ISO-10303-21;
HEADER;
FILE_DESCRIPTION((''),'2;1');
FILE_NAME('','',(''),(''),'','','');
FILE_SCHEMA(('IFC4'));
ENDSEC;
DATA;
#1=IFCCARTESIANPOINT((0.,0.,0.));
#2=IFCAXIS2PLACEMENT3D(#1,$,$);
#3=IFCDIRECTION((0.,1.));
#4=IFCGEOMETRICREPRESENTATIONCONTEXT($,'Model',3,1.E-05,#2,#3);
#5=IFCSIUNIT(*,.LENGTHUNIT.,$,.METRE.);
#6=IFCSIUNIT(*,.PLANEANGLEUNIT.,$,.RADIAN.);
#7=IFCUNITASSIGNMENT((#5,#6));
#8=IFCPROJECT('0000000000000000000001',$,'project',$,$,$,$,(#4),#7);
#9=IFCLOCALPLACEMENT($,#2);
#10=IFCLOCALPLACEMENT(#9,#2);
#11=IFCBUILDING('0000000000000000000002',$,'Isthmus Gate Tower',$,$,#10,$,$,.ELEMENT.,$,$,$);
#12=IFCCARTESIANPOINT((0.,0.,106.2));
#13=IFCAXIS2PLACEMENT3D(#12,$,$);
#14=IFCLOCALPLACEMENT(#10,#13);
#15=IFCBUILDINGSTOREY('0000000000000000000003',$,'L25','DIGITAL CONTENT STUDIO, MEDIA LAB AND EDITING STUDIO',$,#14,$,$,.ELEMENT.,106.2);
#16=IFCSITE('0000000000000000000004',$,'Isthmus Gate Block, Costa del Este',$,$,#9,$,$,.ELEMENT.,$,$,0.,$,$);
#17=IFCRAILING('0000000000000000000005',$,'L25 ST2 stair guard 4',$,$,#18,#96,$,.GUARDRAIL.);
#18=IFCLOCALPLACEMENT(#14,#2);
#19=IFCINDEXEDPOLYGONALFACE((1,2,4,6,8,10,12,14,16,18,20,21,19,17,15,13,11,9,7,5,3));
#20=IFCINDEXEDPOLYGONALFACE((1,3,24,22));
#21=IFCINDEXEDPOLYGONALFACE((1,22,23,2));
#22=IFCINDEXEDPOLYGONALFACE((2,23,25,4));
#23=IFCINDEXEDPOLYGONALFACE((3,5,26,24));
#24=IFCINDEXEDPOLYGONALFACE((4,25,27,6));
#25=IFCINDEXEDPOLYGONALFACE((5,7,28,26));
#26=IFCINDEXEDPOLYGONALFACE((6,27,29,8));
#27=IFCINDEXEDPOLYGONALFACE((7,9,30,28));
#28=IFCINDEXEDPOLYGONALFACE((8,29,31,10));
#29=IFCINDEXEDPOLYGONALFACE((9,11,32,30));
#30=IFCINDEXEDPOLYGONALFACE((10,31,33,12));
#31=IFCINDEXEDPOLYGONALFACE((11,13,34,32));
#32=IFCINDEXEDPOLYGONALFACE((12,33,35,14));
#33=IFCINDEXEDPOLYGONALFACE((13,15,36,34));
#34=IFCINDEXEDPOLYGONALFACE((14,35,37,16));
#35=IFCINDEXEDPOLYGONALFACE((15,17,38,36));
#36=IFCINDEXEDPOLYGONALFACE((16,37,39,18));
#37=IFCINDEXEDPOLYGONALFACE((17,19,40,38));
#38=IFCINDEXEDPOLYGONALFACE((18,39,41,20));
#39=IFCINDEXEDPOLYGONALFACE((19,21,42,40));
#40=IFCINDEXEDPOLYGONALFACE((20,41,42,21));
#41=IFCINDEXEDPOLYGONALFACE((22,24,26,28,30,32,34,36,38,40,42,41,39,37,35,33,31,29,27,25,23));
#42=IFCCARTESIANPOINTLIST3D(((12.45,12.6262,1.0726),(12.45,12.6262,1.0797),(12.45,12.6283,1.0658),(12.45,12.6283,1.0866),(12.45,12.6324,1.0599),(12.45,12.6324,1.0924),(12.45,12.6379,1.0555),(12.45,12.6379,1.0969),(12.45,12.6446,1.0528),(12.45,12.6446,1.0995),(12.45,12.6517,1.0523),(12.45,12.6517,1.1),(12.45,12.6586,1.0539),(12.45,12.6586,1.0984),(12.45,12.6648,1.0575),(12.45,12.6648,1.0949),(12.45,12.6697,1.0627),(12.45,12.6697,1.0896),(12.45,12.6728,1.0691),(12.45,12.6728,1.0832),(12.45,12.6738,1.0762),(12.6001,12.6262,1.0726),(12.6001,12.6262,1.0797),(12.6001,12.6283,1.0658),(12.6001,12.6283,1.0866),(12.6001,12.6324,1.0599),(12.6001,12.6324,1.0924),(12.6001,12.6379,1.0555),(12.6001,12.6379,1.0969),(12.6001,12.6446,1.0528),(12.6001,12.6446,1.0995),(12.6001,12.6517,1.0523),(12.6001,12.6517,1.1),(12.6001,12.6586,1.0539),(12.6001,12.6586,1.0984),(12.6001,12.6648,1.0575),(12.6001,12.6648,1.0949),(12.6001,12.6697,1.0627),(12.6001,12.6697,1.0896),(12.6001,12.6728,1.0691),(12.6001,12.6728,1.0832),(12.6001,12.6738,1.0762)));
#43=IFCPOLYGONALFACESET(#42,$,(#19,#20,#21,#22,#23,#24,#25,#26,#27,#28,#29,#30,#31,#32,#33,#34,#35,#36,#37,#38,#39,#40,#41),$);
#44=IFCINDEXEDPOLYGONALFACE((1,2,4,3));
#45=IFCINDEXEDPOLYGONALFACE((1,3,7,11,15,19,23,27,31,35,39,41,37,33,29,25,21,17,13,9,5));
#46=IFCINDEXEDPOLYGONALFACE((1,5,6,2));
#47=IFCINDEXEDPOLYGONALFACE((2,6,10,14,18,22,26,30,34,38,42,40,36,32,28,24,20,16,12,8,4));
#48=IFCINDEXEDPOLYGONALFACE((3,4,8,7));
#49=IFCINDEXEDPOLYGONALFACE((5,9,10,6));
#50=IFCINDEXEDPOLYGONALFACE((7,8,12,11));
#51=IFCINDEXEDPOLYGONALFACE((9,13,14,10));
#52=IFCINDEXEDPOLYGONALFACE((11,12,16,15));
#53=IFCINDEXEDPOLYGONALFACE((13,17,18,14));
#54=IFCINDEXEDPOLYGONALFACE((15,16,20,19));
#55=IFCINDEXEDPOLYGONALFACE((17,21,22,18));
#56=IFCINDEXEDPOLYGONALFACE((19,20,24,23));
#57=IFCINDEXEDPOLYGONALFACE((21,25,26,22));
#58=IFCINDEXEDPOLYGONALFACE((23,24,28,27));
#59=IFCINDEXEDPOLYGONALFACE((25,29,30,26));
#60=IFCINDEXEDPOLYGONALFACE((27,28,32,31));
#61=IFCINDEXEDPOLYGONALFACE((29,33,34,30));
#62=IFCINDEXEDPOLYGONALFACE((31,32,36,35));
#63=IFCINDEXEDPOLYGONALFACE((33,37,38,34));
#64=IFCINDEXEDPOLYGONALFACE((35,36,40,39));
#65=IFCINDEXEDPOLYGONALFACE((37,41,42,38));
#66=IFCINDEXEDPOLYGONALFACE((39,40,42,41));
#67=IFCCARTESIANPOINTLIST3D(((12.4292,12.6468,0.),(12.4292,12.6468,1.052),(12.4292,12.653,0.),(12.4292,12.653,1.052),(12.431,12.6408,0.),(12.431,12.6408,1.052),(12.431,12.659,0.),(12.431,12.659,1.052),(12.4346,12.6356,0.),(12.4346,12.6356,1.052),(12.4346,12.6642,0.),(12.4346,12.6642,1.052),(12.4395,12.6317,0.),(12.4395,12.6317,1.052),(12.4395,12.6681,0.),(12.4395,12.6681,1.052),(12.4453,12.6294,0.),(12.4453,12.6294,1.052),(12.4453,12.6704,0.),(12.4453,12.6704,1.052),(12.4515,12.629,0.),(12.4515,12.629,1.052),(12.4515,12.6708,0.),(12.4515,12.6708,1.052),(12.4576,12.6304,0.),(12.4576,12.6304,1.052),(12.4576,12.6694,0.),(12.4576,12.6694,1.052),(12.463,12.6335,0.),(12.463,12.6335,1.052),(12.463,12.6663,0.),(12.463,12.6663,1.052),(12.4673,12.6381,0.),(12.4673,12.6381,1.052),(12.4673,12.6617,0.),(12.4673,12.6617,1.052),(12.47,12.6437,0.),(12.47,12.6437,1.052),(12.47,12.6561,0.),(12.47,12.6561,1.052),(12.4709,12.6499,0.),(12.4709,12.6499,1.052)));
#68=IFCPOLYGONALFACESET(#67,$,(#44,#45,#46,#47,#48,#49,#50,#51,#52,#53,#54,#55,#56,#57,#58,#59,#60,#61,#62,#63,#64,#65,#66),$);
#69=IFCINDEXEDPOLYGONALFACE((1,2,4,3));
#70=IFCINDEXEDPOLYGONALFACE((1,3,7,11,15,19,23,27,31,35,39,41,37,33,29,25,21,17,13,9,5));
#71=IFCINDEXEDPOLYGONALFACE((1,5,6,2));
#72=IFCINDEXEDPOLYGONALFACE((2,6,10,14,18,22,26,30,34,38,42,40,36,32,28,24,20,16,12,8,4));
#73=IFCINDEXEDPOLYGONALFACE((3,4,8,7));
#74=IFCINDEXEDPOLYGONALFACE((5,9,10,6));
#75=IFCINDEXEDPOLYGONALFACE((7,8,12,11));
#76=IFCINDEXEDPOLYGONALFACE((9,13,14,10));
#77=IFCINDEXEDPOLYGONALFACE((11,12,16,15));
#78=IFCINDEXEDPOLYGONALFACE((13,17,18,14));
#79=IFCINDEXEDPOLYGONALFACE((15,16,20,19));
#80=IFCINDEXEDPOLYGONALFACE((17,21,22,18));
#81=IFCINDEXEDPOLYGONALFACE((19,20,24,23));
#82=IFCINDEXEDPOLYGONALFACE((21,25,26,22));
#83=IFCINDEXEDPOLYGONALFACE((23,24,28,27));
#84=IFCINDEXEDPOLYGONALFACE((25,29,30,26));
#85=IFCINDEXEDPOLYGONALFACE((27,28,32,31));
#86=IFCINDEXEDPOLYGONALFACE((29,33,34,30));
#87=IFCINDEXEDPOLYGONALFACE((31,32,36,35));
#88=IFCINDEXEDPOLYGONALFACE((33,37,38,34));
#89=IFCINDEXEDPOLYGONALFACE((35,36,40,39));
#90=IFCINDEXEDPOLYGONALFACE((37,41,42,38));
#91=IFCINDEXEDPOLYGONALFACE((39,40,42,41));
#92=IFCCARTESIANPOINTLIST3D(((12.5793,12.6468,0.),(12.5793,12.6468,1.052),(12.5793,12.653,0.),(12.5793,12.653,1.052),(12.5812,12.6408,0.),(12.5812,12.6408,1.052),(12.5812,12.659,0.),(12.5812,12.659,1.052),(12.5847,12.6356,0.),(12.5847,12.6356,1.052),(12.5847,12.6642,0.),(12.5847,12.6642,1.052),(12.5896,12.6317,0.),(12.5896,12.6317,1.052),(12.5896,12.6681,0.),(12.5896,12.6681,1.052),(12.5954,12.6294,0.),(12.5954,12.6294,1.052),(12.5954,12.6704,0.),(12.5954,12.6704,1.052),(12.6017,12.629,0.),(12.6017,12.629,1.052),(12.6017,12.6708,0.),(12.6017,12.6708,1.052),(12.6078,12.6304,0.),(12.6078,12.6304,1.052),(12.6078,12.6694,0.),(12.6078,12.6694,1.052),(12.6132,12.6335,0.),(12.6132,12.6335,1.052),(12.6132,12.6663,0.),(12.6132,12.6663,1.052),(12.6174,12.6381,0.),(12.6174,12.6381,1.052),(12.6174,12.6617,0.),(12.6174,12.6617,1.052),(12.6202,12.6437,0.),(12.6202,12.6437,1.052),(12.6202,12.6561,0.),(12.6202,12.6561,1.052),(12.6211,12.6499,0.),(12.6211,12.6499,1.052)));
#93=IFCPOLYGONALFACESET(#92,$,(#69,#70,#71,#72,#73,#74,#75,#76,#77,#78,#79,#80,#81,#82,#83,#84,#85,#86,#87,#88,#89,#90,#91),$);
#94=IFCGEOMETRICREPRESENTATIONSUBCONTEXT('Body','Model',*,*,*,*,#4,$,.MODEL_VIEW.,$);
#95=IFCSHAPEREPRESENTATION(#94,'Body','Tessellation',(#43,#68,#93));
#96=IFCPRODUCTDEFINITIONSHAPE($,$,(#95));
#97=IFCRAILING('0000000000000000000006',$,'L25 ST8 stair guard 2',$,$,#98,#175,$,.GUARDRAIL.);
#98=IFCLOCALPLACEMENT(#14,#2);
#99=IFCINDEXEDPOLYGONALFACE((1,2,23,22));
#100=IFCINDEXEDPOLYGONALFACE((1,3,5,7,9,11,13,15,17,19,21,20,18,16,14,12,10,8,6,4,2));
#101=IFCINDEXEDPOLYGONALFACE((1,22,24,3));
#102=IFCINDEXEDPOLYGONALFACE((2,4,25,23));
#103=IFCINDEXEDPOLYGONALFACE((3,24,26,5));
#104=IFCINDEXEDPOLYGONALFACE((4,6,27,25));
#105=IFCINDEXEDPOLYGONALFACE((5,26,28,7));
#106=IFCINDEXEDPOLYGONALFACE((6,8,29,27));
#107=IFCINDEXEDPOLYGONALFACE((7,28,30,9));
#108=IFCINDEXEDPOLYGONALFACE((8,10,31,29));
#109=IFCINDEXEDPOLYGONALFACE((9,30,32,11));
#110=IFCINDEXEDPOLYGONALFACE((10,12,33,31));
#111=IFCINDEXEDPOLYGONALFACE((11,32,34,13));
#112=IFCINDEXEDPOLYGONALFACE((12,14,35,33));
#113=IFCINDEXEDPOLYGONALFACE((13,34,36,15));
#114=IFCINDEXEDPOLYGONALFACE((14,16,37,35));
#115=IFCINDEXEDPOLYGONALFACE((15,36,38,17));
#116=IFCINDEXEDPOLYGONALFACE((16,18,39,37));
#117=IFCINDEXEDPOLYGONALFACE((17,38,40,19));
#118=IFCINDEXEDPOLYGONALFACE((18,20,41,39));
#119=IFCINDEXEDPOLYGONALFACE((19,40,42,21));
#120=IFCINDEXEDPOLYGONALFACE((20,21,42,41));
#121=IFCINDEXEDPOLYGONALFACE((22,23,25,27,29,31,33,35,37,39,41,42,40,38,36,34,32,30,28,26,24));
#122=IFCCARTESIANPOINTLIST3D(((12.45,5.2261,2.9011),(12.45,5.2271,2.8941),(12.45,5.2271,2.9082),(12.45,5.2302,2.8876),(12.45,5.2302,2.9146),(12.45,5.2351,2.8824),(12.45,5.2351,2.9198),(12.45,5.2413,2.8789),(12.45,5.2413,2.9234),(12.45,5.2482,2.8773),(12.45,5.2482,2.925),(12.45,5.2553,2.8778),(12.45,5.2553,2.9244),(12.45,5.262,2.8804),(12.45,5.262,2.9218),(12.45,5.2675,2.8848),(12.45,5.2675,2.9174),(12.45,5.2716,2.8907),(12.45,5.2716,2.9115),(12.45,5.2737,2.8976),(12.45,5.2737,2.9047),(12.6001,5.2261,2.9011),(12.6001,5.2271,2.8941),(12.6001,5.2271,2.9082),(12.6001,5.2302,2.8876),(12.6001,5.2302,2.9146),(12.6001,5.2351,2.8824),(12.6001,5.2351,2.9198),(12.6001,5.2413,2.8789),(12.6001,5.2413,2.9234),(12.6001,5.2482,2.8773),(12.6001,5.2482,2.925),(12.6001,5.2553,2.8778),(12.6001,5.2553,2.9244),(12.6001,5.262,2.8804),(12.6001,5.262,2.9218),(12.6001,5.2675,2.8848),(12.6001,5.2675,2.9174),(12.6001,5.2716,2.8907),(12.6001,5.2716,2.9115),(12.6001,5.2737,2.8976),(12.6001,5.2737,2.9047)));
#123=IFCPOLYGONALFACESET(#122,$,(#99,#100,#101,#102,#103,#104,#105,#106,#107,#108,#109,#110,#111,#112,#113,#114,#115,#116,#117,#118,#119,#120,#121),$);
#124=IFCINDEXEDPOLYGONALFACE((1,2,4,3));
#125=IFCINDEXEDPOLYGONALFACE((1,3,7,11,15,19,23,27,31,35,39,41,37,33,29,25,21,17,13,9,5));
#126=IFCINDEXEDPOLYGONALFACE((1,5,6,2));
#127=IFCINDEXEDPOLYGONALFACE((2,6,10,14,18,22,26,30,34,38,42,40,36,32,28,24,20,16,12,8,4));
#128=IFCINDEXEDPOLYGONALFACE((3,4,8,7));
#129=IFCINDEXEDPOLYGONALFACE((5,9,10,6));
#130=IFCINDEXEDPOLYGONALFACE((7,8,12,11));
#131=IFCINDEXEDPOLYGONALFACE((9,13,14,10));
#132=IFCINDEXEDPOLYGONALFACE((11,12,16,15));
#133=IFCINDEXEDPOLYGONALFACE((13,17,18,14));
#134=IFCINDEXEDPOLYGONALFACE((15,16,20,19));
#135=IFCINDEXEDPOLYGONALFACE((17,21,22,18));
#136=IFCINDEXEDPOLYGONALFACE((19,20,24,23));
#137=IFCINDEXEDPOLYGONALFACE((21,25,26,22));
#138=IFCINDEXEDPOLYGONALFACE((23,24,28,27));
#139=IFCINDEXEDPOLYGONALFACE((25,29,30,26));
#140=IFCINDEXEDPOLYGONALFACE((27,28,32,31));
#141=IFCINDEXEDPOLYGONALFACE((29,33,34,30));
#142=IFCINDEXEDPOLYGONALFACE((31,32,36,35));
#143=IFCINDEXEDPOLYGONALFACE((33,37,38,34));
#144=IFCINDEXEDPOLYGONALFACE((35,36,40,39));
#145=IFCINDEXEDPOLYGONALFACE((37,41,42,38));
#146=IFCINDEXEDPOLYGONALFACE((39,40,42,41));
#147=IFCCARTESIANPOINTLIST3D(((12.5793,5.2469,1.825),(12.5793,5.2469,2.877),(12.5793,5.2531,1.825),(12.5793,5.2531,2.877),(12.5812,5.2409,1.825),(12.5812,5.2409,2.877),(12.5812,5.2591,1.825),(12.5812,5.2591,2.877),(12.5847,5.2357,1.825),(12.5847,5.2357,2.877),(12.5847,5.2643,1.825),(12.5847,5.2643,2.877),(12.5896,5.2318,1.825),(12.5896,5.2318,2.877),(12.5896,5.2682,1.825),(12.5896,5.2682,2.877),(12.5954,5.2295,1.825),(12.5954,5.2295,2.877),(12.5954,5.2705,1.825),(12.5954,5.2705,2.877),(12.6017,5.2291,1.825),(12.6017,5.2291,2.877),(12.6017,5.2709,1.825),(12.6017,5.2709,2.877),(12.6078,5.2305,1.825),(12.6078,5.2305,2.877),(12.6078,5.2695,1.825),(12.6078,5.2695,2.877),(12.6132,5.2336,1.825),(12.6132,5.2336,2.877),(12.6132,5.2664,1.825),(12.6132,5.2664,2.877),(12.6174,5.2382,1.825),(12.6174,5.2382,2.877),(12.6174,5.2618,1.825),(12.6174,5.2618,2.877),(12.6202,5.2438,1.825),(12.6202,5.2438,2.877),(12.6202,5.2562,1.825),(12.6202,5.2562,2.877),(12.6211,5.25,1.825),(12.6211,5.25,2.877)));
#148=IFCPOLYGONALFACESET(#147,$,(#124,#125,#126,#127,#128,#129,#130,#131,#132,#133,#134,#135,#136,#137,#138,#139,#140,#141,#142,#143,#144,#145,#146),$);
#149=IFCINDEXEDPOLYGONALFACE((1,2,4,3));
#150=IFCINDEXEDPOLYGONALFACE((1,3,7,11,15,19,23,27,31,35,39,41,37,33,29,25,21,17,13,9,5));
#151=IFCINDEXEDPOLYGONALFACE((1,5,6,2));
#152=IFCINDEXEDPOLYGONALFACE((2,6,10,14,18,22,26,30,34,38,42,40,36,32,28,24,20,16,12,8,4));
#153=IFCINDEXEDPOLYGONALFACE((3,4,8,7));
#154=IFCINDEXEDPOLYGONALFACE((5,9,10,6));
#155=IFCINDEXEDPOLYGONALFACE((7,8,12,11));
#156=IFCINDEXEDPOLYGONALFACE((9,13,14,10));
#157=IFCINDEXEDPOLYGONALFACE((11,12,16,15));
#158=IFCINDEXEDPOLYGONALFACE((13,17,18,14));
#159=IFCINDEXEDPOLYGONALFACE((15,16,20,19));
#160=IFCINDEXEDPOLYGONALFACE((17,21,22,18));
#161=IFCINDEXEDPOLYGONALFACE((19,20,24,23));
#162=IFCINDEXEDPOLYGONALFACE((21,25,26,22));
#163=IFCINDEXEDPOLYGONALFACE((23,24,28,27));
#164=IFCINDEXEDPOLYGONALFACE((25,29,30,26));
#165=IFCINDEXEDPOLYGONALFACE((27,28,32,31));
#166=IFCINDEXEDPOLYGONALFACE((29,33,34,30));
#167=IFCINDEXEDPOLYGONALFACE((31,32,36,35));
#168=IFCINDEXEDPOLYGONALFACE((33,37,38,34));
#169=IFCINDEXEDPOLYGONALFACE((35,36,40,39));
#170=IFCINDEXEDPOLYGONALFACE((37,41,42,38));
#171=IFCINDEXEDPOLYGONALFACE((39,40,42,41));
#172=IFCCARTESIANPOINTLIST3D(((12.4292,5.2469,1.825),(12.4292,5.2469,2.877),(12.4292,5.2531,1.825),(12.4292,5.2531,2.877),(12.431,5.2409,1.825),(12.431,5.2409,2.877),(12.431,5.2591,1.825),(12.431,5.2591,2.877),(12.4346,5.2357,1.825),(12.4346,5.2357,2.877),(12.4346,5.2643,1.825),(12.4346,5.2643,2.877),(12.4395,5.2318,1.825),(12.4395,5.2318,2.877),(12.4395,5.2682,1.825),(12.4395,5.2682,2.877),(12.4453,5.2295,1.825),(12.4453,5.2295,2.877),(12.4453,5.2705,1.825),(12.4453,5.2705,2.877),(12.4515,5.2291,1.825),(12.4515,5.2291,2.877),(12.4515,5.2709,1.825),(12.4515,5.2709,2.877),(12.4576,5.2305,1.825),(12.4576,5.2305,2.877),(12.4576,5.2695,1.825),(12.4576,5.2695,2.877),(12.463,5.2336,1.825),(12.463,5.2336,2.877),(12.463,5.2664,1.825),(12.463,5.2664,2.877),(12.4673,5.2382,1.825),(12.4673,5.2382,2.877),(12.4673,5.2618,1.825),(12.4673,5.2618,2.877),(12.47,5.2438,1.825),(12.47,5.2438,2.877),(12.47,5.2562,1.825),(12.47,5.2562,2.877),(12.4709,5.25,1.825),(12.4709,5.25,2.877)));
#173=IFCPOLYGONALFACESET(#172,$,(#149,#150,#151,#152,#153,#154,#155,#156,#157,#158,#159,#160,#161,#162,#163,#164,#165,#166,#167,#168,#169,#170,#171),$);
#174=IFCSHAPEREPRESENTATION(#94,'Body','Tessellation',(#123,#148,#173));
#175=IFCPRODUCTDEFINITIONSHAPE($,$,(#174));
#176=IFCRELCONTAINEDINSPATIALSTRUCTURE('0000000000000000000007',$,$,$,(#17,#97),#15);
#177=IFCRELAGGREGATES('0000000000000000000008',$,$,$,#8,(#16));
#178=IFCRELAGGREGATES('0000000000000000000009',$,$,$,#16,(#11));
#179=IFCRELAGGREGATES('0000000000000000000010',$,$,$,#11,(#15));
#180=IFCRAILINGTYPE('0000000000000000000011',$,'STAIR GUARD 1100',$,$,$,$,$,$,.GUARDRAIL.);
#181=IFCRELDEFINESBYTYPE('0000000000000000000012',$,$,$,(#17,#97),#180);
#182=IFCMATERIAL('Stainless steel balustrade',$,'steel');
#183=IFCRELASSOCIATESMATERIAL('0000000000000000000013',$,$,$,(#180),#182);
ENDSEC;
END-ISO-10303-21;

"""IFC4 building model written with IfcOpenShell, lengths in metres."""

from ifc_helpers import new_model, si_unit, direction, frame, origin, origin_2d, place, context, subcontext, project, spatial, circle, extrude, material, type_object, element, save


model = new_model("IFC4")

# Units and contexts
model_context = context("Model", 3, precision=1e-05, world=origin(), true_north=direction((0.0, 1.0)))
body_context = subcontext(model_context, "Body", "Model", "MODEL_VIEW")
ifc_project = project(units=[si_unit("LENGTHUNIT", "METRE"), si_unit("PLANEANGLEUNIT", "RADIAN")], contexts=[model_context])

# Site, building, storey
site_placement = place(None, origin())
site = spatial("IfcSite", under=ifc_project, at=site_placement, Name="Isthmus Gate Block, Costa del Este", CompositionType="ELEMENT", RefElevation=0.0)
building_placement = place(site_placement, origin())
building = spatial("IfcBuilding", under=site, at=building_placement, Name="Isthmus Gate Tower", CompositionType="ELEMENT")
storey_placement = place(building_placement, frame((0.0, 0.0, 106.2)))
storey = spatial("IfcBuildingStorey", under=building, at=storey_placement, Name="L25", Description="DIGITAL CONTENT STUDIO, MEDIA LAB AND EDITING STUDIO", CompositionType="ELEMENT", Elevation=106.2)

# Railings
ifc_material_1 = material(Name="Stainless steel balustrade", Category="steel")
railing_type_1 = type_object("IfcRailingType", Name="STAIR GUARD 1100", PredefinedType="GUARDRAIL", material=ifc_material_1)
railing_1_placement = place(storey_placement, frame((12.45, 12.6499, 0.0)))
element("IfcRailing", 1, at=railing_1_placement, inside=storey, type_object=railing_type_1, Name="L25 ST2 stair guard 4", PredefinedType="GUARDRAIL", context=body_context, shape_type="SweptSolid", body=[
    extrude(circle(Radius=0.0239, at=origin_2d()), frame((0.0, 0.0, 1.0762), z_axis=(1.0, 0.0, 0.0), x_axis=(0.0, 1.0, 0.0)), (0.0, 0.0, 1.0), 0.1501),
    extrude(circle(Radius=0.021, at=origin_2d()), origin(), (0.0, 0.0, 1.0), 1.052),
    extrude(circle(Radius=0.021, at=origin_2d()), frame((0.1501, 0.0, 0.0)), (0.0, 0.0, 1.0), 1.052),
])
railing_2_placement = place(storey_placement, frame((12.6001, 5.25, 1.825)))
element("IfcRailing", 2, at=railing_2_placement, inside=storey, type_object=railing_type_1, Name="L25 ST8 stair guard 2", PredefinedType="GUARDRAIL", context=body_context, shape_type="SweptSolid", body=[
    extrude(circle(Radius=0.0239, at=origin_2d()), frame((0.0, 0.0, 1.0762), z_axis=(-1.0, 0.0, 0.0), x_axis=(0.0, -1.0, 0.0)), (0.0, 0.0, 1.0), 0.1501),
    extrude(circle(Radius=0.021, at=origin_2d()), origin(), (0.0, 0.0, 1.0), 1.052),
    extrude(circle(Radius=0.021, at=origin_2d()), frame((-0.1501, 0.0, 0.0)), (0.0, 0.0, 1.0), 1.052),
])

save(model, "model.ifc")
